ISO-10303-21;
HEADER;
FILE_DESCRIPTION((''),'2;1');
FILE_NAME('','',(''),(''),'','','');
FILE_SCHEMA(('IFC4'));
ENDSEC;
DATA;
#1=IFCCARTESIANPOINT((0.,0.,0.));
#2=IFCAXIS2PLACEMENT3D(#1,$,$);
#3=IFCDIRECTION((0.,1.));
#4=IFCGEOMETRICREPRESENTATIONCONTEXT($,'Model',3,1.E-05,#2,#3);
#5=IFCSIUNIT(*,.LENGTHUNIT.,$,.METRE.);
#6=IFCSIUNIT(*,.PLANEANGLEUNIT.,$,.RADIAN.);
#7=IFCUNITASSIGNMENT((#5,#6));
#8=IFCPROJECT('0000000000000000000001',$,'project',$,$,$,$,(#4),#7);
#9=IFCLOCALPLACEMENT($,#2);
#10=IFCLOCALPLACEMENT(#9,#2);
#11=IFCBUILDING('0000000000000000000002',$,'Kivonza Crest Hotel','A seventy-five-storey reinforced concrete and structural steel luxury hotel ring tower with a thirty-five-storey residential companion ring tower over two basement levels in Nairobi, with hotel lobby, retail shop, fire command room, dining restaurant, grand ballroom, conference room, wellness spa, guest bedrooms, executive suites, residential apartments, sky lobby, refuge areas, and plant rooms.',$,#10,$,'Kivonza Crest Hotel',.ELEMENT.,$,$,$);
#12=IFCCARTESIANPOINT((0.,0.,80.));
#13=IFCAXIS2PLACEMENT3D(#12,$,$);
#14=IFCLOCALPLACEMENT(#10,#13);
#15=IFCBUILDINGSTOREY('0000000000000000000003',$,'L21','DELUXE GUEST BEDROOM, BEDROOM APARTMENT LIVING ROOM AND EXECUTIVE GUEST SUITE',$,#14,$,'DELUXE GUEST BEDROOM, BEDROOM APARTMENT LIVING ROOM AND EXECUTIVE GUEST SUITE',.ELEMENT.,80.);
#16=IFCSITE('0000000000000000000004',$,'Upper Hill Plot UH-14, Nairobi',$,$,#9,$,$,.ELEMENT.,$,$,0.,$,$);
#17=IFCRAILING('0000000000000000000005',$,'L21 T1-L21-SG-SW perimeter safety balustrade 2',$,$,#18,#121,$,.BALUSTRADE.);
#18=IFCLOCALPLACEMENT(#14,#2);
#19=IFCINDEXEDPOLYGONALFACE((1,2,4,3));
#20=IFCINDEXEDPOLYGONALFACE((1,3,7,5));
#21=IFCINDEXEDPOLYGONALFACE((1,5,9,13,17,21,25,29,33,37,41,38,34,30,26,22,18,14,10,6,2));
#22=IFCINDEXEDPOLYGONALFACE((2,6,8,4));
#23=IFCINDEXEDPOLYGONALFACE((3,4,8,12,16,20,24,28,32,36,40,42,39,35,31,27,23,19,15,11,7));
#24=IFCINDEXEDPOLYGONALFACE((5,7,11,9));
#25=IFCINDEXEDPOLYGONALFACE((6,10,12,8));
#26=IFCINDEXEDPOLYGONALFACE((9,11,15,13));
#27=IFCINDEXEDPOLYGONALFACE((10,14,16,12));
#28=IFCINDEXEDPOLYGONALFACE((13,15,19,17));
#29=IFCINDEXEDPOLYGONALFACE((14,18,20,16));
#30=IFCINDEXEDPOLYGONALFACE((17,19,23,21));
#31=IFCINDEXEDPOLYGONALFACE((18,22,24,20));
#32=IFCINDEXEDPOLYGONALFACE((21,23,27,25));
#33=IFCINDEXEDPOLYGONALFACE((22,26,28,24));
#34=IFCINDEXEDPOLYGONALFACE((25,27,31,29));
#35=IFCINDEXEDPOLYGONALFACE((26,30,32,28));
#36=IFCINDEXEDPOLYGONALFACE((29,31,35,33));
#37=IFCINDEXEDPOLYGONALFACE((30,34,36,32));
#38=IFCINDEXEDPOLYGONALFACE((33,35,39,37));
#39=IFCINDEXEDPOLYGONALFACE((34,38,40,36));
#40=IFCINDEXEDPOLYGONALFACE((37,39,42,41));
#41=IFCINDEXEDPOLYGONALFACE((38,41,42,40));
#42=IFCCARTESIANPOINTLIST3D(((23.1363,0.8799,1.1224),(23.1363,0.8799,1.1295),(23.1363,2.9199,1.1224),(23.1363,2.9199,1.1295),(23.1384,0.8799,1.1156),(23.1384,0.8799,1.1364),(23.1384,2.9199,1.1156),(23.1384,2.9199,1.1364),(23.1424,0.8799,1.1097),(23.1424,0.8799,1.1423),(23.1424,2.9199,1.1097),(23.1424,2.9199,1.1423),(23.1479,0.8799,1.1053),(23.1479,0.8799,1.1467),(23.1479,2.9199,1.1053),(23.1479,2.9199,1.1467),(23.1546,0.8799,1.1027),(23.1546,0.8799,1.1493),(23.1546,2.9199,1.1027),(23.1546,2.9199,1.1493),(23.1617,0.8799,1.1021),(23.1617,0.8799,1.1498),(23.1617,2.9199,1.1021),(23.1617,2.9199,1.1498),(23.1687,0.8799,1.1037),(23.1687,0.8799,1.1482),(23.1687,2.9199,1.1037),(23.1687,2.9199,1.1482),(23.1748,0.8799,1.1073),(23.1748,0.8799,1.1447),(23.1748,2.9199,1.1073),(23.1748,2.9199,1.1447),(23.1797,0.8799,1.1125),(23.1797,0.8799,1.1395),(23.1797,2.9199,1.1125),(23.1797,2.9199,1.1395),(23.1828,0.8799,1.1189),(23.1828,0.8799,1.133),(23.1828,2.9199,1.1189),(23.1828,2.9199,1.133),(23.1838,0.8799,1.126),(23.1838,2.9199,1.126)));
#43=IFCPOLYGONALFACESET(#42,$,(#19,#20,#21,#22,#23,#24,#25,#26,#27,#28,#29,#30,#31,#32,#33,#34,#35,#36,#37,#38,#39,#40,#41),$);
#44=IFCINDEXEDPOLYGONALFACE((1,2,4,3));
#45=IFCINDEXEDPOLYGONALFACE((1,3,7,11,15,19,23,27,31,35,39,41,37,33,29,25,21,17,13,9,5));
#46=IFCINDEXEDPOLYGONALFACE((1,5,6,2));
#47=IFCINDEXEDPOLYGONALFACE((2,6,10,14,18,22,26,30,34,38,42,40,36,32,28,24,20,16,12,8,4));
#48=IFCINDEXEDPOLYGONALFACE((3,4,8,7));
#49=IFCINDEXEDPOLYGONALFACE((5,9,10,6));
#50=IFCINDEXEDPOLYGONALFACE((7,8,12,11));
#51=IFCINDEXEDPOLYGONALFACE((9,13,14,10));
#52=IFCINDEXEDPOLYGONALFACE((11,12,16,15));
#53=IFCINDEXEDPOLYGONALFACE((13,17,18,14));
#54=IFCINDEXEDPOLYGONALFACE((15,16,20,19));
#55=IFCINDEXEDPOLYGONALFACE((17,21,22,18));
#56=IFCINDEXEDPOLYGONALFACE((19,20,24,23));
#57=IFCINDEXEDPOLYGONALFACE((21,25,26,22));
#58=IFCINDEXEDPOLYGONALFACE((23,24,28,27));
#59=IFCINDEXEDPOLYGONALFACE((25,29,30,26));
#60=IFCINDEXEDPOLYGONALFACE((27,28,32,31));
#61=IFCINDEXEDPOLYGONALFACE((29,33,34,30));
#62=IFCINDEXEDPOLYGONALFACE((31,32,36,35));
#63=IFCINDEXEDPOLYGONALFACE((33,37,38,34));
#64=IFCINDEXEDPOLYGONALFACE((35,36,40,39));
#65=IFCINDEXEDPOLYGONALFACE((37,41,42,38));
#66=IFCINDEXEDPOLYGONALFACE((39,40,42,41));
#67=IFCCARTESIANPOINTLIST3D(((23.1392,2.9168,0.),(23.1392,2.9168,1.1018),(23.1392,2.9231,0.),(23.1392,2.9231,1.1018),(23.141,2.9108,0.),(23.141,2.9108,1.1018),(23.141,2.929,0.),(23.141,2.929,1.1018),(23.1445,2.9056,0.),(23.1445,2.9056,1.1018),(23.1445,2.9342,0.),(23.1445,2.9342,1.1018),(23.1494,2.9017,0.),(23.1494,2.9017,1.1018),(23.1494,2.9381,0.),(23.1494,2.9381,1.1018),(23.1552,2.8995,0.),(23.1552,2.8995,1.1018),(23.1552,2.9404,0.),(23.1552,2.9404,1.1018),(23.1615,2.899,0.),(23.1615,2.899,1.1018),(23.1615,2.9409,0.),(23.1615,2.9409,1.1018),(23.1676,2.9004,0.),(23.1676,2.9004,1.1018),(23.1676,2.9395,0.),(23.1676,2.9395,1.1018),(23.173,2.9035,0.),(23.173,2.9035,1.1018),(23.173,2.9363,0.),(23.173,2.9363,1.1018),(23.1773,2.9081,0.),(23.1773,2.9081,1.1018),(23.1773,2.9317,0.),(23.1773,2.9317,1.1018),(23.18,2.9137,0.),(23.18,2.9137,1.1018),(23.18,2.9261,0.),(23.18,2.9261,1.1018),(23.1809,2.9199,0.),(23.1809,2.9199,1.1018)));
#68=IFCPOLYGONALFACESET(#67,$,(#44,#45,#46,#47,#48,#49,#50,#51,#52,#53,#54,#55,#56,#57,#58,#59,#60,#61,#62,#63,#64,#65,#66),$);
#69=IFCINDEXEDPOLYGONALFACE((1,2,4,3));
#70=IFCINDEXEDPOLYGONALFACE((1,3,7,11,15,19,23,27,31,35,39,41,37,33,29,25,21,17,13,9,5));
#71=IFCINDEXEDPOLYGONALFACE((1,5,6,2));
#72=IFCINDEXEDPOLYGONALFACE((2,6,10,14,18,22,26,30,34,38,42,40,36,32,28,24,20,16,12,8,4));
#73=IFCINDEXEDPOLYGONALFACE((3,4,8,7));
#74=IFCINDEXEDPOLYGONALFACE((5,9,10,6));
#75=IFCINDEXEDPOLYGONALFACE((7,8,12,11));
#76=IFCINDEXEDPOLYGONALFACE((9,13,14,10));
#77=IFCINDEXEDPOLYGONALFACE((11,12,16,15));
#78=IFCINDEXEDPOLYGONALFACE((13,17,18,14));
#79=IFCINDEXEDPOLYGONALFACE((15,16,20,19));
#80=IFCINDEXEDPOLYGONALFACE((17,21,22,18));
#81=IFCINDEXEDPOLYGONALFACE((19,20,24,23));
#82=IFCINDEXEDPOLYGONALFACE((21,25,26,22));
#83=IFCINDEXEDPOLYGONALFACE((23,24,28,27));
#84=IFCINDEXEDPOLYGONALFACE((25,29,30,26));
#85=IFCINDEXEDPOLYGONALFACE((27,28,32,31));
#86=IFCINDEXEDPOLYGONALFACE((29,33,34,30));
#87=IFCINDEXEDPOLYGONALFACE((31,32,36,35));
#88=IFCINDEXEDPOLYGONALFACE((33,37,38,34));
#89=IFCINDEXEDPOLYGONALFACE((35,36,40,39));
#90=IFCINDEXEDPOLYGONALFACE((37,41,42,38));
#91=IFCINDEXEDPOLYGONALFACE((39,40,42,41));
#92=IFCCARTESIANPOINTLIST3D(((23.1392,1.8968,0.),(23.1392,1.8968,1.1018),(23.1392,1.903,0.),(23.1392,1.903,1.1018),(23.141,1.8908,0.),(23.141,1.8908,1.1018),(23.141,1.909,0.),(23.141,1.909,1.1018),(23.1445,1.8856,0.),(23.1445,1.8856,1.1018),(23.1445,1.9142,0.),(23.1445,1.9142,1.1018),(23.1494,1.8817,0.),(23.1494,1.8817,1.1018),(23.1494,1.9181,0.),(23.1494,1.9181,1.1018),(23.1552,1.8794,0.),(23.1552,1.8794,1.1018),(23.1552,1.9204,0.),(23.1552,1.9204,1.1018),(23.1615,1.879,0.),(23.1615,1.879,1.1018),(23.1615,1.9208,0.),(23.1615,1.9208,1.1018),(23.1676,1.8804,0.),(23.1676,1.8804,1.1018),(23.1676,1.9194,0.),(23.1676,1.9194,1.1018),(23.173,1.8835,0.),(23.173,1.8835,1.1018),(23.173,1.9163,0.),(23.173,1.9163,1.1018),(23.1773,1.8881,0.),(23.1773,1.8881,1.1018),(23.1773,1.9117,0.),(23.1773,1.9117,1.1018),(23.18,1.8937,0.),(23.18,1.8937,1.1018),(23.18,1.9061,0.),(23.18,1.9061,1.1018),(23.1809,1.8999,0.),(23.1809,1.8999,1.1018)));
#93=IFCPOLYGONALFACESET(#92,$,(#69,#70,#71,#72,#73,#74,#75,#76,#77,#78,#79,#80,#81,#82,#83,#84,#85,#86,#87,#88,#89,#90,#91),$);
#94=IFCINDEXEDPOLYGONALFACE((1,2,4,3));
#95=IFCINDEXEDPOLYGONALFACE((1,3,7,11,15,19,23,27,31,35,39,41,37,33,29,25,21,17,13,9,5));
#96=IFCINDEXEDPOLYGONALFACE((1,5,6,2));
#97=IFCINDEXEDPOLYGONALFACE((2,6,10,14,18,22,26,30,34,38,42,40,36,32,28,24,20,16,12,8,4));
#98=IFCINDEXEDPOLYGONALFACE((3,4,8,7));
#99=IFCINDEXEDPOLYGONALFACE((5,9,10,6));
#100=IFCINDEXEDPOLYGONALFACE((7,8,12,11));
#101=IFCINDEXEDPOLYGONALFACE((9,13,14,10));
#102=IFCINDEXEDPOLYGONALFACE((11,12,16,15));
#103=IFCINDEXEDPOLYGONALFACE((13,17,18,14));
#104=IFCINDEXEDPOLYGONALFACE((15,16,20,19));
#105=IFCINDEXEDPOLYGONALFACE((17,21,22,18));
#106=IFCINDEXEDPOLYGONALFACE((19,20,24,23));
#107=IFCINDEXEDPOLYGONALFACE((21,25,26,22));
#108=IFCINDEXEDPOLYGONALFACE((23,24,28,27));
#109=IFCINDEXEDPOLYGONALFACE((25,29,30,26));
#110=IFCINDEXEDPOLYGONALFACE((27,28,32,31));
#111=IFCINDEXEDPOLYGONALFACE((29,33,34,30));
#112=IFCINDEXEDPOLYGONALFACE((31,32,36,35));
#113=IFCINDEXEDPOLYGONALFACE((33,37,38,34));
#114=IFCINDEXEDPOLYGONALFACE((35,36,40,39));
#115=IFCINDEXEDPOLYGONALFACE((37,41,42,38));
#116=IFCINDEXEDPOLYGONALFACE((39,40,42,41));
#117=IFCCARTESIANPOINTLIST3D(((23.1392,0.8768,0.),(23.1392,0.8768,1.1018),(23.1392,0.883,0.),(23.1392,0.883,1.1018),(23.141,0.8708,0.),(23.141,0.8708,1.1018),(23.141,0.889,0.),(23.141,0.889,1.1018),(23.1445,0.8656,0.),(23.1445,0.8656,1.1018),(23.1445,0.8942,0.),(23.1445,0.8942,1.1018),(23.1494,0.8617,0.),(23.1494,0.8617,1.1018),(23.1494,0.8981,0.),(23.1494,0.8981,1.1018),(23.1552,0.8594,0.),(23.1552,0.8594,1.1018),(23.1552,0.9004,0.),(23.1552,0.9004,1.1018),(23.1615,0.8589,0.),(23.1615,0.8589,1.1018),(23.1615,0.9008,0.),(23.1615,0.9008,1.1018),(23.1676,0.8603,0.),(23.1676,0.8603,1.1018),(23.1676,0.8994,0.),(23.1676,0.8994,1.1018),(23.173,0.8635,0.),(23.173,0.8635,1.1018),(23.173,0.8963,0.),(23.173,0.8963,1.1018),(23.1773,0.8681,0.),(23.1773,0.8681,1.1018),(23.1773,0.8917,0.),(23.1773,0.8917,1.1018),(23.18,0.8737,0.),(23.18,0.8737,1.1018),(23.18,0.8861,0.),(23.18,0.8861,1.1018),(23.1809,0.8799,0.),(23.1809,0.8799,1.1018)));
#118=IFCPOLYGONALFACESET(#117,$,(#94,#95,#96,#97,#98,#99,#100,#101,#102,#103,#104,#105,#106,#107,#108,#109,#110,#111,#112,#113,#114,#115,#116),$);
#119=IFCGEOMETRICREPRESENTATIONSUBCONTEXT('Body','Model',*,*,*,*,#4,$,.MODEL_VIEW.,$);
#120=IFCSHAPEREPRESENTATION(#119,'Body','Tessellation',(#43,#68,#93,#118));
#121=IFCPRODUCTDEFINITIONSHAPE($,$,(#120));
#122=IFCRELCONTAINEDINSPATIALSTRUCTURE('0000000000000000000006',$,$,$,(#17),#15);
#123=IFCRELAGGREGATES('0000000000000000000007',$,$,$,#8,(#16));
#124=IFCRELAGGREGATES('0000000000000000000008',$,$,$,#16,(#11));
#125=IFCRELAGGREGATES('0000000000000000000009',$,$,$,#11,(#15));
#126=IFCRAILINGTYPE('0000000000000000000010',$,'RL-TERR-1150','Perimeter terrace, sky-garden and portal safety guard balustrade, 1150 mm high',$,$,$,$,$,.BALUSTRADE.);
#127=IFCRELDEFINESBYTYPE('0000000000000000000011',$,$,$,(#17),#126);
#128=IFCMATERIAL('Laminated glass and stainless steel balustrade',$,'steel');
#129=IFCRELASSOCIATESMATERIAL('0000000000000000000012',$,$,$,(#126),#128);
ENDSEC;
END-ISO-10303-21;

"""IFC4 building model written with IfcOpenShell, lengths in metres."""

from ifc_helpers import new_model, si_unit, direction, frame, origin, origin_2d, place, context, subcontext, project, spatial, circle, extrude, material, type_object, element, save


model = new_model("IFC4")

# Units and contexts
model_context = context("Model", 3, precision=1e-05, world=origin(), true_north=direction((0.0, 1.0)))
body_context = subcontext(model_context, "Body", "Model", "MODEL_VIEW")
ifc_project = project(units=[si_unit("LENGTHUNIT", "METRE"), si_unit("PLANEANGLEUNIT", "RADIAN")], contexts=[model_context])

# Site, building, storey
site_placement = place(None, origin())
site = spatial("IfcSite", under=ifc_project, at=site_placement, Name="Upper Hill Plot UH-14, Nairobi", CompositionType="ELEMENT", RefElevation=0.0)
building_placement = place(site_placement, origin())
building = spatial("IfcBuilding", under=site, at=building_placement, Name="Kivonza Crest Hotel", Description="A seventy-five-storey reinforced concrete and structural steel luxury hotel ring tower with a thirty-five-storey residential companion ring tower over two basement levels in Nairobi, with hotel lobby, retail shop, fire command room, dining restaurant, grand ballroom, conference room, wellness spa, guest bedrooms, executive suites, residential apartments, sky lobby, refuge areas, and plant rooms.", LongName="Kivonza Crest Hotel", CompositionType="ELEMENT")
storey_placement = place(building_placement, frame((0.0, 0.0, 80.0)))
storey = spatial("IfcBuildingStorey", under=building, at=storey_placement, Name="L21", Description="DELUXE GUEST BEDROOM, BEDROOM APARTMENT LIVING ROOM AND EXECUTIVE GUEST SUITE", LongName="DELUXE GUEST BEDROOM, BEDROOM APARTMENT LIVING ROOM AND EXECUTIVE GUEST SUITE", CompositionType="ELEMENT", Elevation=80.0)

# Railing
ifc_material_1 = material(Name="Laminated glass and stainless steel balustrade", Category="steel")
railing_type = type_object("IfcRailingType", Name="RL-TERR-1150", Description="Perimeter terrace, sky-garden and portal safety guard balustrade, 1150 mm high", PredefinedType="BALUSTRADE", material=ifc_material_1)
railing_1_placement = place(storey_placement, frame((23.1599, 2.9199, 0.0)))
element("IfcRailing", 1, at=railing_1_placement, inside=storey, type_object=railing_type, Name="L21 T1-L21-SG-SW perimeter safety balustrade 2", PredefinedType="BALUSTRADE", context=body_context, shape_type="SweptSolid", body=[
    extrude(circle(Radius=0.0239, at=origin_2d()), frame((0.0, 0.0, 1.126), z_axis=(0.0, -1.0, 0.0), x_axis=(1.0, 0.0, 0.0)), (0.0, 0.0, 1.0), 2.04),
    extrude(circle(Radius=0.021, at=origin_2d()), origin(), (0.0, 0.0, 1.0), 1.1018),
    extrude(circle(Radius=0.021, at=origin_2d()), frame((0.0, -1.02, 0.0)), (0.0, 0.0, 1.0), 1.1018),
    extrude(circle(Radius=0.021, at=origin_2d()), frame((0.0, -2.04, 0.0)), (0.0, 0.0, 1.0), 1.1018),
])

save(model, "model.ifc")
